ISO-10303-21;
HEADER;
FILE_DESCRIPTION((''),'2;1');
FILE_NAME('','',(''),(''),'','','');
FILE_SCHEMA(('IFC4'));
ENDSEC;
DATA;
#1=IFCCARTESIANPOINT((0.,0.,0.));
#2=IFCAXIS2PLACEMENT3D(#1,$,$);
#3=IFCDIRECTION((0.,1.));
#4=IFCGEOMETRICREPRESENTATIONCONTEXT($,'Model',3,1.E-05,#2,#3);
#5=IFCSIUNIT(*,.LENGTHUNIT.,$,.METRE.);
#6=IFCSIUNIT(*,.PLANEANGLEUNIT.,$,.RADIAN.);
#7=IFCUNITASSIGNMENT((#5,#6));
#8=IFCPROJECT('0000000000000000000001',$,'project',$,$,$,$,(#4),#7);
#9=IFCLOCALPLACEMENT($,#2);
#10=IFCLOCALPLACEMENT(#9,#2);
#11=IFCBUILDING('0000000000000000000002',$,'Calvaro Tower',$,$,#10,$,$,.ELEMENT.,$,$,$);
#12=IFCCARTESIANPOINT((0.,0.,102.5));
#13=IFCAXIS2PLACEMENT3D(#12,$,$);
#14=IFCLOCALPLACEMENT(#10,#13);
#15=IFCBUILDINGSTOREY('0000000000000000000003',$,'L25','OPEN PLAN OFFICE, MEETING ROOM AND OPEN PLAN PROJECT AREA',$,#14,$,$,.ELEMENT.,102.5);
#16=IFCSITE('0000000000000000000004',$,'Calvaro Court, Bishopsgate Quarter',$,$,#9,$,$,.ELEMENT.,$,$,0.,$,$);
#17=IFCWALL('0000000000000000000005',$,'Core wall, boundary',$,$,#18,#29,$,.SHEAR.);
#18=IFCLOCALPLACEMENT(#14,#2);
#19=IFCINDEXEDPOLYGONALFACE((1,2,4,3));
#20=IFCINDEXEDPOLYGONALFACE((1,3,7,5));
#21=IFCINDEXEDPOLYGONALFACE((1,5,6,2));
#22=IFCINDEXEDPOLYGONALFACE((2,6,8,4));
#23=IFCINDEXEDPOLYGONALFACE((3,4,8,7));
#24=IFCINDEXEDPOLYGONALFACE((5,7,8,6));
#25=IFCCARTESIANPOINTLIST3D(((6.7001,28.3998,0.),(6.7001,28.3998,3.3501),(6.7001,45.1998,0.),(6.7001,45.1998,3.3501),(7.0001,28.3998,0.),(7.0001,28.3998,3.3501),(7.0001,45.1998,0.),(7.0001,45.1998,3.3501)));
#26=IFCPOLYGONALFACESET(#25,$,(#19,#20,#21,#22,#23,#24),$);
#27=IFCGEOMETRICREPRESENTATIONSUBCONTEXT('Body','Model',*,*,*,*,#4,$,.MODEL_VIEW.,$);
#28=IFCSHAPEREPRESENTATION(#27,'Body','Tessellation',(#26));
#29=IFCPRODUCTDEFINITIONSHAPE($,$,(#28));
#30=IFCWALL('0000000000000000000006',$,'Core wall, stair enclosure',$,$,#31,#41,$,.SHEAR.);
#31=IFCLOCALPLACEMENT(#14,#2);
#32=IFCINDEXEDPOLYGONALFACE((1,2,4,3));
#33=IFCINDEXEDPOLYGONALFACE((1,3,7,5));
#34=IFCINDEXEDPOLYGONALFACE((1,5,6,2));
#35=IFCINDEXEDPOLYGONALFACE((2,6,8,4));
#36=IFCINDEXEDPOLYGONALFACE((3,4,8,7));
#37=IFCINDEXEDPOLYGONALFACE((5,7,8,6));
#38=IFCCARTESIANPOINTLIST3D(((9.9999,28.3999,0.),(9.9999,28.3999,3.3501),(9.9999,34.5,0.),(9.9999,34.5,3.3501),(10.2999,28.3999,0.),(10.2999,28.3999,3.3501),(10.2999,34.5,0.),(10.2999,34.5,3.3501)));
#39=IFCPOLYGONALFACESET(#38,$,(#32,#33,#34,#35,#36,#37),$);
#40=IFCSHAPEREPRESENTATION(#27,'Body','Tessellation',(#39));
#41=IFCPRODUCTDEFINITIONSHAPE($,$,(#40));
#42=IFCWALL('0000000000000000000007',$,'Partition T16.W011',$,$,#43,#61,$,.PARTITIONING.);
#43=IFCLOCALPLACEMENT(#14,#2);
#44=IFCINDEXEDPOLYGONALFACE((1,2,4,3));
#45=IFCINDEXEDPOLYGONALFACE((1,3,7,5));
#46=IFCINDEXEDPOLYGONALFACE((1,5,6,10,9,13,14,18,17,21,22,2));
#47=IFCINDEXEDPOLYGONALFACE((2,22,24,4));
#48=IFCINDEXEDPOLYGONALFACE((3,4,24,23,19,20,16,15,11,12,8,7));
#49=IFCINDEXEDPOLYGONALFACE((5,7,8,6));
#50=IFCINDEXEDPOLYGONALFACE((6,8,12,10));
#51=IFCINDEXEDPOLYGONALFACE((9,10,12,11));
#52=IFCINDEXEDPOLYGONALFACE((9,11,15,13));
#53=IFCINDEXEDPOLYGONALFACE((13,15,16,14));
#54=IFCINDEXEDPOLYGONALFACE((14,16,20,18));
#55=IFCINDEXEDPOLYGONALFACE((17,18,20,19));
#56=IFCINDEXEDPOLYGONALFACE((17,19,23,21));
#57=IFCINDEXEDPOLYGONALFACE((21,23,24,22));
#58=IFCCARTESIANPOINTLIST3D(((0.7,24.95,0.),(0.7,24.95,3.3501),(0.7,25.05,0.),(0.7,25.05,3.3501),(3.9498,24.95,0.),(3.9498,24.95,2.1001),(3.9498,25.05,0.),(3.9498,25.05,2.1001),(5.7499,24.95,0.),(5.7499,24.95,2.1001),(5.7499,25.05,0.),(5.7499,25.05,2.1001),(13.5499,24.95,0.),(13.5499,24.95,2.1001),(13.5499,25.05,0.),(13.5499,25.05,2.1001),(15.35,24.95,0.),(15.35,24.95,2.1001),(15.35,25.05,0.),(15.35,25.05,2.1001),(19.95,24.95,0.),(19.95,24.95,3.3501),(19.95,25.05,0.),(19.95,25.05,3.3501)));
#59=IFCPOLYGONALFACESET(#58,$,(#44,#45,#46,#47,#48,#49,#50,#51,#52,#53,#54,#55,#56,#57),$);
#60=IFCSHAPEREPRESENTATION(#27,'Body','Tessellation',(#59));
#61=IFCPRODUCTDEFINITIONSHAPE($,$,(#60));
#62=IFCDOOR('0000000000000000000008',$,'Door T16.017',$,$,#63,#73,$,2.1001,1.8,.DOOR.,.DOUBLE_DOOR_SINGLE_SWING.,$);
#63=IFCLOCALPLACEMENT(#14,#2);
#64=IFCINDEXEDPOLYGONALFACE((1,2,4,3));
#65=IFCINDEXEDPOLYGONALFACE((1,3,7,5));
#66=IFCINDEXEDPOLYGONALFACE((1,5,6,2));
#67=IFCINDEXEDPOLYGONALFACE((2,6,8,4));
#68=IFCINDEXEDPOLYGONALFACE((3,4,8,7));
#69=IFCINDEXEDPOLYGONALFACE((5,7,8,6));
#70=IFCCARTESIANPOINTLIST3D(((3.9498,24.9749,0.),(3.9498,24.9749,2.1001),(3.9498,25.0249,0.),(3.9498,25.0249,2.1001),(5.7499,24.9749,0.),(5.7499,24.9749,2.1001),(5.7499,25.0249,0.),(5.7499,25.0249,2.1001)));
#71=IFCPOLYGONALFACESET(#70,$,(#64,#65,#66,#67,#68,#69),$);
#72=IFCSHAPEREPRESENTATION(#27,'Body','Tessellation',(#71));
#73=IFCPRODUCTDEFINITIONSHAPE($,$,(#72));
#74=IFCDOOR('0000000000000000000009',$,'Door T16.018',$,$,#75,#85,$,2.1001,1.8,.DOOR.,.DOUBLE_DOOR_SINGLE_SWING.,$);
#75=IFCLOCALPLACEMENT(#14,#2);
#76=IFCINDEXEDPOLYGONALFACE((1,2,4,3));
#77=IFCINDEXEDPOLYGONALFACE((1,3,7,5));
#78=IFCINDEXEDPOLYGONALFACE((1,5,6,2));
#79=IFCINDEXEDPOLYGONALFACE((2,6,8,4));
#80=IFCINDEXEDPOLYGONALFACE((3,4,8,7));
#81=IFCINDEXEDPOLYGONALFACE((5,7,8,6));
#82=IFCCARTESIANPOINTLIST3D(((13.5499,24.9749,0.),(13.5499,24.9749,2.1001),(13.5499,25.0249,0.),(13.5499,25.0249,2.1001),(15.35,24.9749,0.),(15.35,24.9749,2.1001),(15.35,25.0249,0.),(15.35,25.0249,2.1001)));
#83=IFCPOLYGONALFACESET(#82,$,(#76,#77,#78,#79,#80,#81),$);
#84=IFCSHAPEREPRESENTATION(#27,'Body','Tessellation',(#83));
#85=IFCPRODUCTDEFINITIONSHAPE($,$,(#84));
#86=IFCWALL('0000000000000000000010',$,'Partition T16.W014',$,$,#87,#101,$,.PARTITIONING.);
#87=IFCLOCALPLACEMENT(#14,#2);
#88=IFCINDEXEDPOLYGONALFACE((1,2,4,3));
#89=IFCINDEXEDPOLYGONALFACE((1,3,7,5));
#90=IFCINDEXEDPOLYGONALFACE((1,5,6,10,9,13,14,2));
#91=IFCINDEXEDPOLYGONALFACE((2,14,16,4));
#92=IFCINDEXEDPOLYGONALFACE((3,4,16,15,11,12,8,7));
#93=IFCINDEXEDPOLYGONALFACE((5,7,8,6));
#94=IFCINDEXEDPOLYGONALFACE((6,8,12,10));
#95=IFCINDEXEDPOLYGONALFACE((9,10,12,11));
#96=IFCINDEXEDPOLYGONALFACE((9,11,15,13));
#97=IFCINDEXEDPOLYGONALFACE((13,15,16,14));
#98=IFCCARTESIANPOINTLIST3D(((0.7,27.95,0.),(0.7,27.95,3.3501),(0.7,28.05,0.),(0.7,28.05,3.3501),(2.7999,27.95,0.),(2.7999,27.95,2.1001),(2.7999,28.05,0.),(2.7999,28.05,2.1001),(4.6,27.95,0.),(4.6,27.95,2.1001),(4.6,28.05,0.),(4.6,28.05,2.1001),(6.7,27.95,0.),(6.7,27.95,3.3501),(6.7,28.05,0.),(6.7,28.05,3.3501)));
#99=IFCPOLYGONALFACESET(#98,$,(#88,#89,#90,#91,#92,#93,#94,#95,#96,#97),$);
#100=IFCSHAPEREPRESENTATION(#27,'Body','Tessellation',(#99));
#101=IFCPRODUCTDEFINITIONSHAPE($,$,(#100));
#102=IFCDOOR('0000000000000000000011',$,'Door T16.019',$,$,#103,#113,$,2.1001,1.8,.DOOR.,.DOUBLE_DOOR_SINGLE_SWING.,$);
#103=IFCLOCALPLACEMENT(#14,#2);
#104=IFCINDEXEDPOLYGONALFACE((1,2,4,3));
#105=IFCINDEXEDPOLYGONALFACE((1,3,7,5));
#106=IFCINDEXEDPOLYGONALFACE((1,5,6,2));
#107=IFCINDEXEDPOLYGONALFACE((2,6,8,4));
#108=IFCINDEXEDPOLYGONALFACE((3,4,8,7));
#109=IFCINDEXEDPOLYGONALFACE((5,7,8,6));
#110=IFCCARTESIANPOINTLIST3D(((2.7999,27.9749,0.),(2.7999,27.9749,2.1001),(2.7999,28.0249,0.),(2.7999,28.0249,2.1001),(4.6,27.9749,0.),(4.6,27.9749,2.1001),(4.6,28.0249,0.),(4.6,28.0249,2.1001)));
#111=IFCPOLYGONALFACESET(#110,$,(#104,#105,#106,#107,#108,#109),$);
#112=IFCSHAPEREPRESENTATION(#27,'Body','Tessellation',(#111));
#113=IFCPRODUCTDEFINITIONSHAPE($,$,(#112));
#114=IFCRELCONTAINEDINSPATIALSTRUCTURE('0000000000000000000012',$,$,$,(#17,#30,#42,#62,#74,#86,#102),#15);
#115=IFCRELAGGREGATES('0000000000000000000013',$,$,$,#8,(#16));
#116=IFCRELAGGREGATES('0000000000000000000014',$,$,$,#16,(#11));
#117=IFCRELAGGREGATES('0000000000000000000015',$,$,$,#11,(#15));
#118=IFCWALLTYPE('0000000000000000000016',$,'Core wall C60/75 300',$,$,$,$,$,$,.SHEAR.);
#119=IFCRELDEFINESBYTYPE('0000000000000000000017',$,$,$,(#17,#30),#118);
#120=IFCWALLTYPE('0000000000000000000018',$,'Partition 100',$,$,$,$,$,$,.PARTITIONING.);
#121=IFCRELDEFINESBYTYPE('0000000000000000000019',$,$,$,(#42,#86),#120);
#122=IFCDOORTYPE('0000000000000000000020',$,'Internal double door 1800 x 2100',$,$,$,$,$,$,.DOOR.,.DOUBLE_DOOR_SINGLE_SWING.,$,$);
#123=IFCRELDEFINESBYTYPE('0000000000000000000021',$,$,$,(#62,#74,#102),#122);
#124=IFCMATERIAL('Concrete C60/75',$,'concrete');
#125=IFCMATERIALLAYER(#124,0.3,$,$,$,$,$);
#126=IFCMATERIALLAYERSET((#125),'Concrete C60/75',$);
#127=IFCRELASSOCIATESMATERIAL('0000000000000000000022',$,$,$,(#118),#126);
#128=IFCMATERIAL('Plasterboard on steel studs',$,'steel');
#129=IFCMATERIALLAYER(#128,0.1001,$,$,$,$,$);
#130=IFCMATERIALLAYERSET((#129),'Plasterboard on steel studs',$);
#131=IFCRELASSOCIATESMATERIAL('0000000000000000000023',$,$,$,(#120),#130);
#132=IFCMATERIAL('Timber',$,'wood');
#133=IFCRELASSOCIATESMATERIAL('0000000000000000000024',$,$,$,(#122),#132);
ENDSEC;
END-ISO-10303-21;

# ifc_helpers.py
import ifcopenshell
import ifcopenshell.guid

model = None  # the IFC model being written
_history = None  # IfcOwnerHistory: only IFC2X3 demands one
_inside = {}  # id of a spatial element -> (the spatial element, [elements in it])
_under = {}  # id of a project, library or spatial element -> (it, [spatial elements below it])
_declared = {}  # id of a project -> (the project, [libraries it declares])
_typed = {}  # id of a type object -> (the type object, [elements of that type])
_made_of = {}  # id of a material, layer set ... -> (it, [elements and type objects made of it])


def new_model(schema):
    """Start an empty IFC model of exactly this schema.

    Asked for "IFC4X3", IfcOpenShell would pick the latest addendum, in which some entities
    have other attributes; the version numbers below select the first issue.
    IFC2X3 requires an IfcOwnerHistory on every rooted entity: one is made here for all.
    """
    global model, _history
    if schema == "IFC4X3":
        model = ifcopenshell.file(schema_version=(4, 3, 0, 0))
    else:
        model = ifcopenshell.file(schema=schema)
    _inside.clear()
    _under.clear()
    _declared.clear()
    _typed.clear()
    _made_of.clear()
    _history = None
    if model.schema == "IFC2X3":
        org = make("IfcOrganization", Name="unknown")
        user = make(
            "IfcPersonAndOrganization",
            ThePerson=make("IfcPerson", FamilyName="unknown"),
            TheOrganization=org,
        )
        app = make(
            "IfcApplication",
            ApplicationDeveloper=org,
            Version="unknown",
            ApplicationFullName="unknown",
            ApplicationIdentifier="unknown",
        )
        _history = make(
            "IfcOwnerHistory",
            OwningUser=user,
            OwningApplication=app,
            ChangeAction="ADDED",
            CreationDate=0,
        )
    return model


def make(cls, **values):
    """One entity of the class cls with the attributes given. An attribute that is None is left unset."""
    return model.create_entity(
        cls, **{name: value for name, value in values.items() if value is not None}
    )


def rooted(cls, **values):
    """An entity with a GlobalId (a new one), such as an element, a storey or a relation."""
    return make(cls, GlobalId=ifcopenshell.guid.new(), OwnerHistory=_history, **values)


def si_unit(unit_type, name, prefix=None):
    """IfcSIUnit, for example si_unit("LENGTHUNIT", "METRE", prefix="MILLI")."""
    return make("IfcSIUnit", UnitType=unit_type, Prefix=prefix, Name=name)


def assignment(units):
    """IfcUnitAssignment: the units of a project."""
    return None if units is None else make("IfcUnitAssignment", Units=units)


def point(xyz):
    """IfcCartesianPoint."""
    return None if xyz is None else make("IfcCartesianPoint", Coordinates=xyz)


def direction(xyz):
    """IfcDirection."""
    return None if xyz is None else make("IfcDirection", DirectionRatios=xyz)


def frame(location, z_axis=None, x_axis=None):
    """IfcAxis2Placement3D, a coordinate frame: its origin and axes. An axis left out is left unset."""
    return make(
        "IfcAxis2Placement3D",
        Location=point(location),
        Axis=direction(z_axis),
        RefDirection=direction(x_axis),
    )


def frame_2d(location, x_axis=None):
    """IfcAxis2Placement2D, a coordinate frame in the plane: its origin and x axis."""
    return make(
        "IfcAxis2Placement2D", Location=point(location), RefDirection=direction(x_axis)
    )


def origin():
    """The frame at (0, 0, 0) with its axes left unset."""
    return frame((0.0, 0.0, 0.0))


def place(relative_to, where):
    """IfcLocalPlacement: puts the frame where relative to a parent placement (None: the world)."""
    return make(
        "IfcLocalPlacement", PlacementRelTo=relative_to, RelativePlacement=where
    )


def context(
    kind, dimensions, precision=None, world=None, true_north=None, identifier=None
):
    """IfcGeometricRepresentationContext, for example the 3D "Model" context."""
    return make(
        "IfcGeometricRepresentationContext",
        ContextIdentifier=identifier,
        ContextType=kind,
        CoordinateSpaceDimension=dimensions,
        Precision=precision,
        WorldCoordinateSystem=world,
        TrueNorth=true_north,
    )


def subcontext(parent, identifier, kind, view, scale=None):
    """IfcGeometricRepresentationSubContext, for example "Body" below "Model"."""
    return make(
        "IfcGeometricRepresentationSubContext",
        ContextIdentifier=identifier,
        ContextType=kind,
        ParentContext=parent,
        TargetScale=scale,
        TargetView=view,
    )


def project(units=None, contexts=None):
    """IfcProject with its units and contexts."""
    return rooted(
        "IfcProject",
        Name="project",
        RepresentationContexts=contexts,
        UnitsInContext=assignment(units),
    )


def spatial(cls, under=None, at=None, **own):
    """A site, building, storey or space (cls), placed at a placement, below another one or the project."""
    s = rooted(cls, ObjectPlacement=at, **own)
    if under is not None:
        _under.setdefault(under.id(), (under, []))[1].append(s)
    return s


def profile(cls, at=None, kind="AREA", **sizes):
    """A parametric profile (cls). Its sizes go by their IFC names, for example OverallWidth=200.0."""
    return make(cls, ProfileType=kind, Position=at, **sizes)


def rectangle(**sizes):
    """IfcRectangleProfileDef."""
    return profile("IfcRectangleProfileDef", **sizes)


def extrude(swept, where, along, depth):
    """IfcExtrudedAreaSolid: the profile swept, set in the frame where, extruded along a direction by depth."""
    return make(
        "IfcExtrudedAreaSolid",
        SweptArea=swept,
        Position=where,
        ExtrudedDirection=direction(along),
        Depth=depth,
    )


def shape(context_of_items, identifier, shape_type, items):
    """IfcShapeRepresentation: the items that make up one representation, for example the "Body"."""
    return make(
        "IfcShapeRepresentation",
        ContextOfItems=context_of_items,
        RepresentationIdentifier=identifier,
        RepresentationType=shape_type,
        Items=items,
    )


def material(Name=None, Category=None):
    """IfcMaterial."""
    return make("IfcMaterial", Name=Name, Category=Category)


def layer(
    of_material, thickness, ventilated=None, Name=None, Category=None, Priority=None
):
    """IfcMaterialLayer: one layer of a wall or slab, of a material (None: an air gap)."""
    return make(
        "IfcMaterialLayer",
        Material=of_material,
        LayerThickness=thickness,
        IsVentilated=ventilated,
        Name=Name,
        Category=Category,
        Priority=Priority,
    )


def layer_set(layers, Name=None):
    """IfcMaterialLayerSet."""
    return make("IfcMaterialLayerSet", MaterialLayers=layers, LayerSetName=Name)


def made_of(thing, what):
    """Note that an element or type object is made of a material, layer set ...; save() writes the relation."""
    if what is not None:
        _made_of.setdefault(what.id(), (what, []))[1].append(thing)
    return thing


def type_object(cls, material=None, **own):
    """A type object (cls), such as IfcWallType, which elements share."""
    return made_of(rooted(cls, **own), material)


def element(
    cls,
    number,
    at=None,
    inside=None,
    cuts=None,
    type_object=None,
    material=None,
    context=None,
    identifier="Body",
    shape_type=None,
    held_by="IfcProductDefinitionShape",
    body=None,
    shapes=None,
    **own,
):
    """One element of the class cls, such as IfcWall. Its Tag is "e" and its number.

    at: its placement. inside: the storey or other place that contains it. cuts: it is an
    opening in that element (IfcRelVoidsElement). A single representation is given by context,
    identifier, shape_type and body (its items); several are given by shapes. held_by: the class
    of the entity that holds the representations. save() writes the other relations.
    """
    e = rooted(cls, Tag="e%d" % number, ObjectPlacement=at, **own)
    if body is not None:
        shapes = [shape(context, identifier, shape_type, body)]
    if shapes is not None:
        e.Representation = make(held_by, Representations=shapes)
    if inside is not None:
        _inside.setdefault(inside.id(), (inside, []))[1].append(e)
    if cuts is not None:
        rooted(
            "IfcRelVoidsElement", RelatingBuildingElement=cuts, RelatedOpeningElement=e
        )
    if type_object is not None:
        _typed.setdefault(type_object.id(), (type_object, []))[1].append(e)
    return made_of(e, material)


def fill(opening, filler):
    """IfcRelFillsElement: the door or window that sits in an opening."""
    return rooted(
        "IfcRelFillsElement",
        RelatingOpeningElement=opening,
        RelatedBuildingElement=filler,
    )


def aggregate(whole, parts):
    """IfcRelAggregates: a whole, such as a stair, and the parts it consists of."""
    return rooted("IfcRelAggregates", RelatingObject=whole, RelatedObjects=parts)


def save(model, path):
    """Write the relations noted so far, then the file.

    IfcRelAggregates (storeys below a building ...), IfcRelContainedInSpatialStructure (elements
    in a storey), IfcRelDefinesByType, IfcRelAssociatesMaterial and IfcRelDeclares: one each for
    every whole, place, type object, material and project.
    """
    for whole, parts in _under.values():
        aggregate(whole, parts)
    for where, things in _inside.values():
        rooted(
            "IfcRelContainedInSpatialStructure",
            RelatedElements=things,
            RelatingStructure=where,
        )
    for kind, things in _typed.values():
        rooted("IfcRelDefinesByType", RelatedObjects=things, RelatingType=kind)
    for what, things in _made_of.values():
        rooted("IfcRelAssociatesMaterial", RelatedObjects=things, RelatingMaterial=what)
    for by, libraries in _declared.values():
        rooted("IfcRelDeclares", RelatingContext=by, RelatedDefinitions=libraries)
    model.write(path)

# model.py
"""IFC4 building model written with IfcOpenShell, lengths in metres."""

from ifc_helpers import new_model, si_unit, direction, frame, frame_2d, origin, place, context, subcontext, project, spatial, rectangle, extrude, material, layer, layer_set, type_object, element, fill, save


model = new_model("IFC4")

# Units and contexts
model_context = context("Model", 3, precision=1e-05, world=origin(), true_north=direction((0.0, 1.0)))
body_context = subcontext(model_context, "Body", "Model", "MODEL_VIEW")
ifc_project = project(units=[si_unit("LENGTHUNIT", "METRE"), si_unit("PLANEANGLEUNIT", "RADIAN")], contexts=[model_context])

# Site, building, storey
site_placement = place(None, origin())
site = spatial("IfcSite", under=ifc_project, at=site_placement, Name="Calvaro Court, Bishopsgate Quarter", CompositionType="ELEMENT", RefElevation=0.0)
building_placement = place(site_placement, origin())
building = spatial("IfcBuilding", under=site, at=building_placement, Name="Calvaro Tower", CompositionType="ELEMENT")
storey_placement = place(building_placement, frame((0.0, 0.0, 102.5)))
storey = spatial("IfcBuildingStorey", under=building, at=storey_placement, Name="L25", Description="OPEN PLAN OFFICE, MEETING ROOM AND OPEN PLAN PROJECT AREA", CompositionType="ELEMENT", Elevation=102.5)

# Walls
ifc_material_1 = material(Name="Concrete C60/75", Category="concrete")
ifc_layer_1 = layer(ifc_material_1, 0.3)
ifc_layer_set_1 = layer_set([ifc_layer_1], Name="Concrete C60/75")
wall_type_1 = type_object("IfcWallType", Name="Core wall C60/75 300", PredefinedType="SHEAR", material=ifc_layer_set_1)
wall_1_placement = place(storey_placement, frame((6.8501, 28.3999, 0.0), z_axis=(0.0, 0.0, 1.0), x_axis=(0.0, 1.0, 0.0)))
element("IfcWall", 1, at=wall_1_placement, inside=storey, type_object=wall_type_1, Name="Core wall, boundary", PredefinedType="SHEAR", context=body_context, shape_type="SweptSolid", body=[
    extrude(rectangle(XDim=16.8, YDim=0.3, at=frame_2d((8.3999, 0.0))), origin(), (0.0, 0.0, 1.0), 3.3501),
])
wall_2_placement = place(storey_placement, frame((10.1499, 28.3999, 0.0), z_axis=(0.0, 0.0, 1.0), x_axis=(0.0, 1.0, 0.0)))
element("IfcWall", 2, at=wall_2_placement, inside=storey, type_object=wall_type_1, Name="Core wall, stair enclosure", PredefinedType="SHEAR", context=body_context, shape_type="SweptSolid", body=[
    extrude(rectangle(XDim=6.1001, YDim=0.3, at=frame_2d((3.05, 0.0))), origin(), (0.0, 0.0, 1.0), 3.3501),
])

# Wall, openings, doors
ifc_material_2 = material(Name="Plasterboard on steel studs", Category="steel")
ifc_layer_2 = layer(ifc_material_2, 0.1001)
ifc_layer_set_2 = layer_set([ifc_layer_2], Name="Plasterboard on steel studs")
wall_type_2 = type_object("IfcWallType", Name="Partition 100", PredefinedType="PARTITIONING", material=ifc_layer_set_2)
wall_3_placement = place(storey_placement, frame((0.7, 25.0, 0.0), z_axis=(0.0, 0.0, 1.0), x_axis=(1.0, 0.0, 0.0)))
wall_3 = element("IfcWall", 3, at=wall_3_placement, inside=storey, type_object=wall_type_2, Name="Partition T16.W011", PredefinedType="PARTITIONING", context=body_context, shape_type="SweptSolid", body=[
    extrude(rectangle(XDim=19.25, YDim=0.1001, at=frame_2d((9.625, 0.0))), origin(), (0.0, 0.0, 1.0), 3.3501),
])
opening_1_placement = place(wall_3_placement, frame((3.25, 0.0, 0.0)))
opening_1 = element("IfcOpeningElement", 4, at=opening_1_placement, cuts=wall_3, PredefinedType="OPENING", context=body_context, shape_type="SweptSolid", body=[
    extrude(rectangle(XDim=1.8, YDim=2.1001, at=frame_2d((0.8999, 1.05))), frame((0.0, 0.0601, 0.0), z_axis=(0.0, -1.0, 0.0), x_axis=(1.0, 0.0, 0.0)), (0.0, 0.0, 1.0), 0.1201),
])
opening_2_placement = place(wall_3_placement, frame((12.8501, 0.0, 0.0)))
opening_2 = element("IfcOpeningElement", 5, at=opening_2_placement, cuts=wall_3, PredefinedType="OPENING", context=body_context, shape_type="SweptSolid", body=[
    extrude(rectangle(XDim=1.8, YDim=2.1001, at=frame_2d((0.8999, 1.05))), frame((0.0, 0.0601, 0.0), z_axis=(0.0, -1.0, 0.0), x_axis=(1.0, 0.0, 0.0)), (0.0, 0.0, 1.0), 0.1201),
])
ifc_material_3 = material(Name="Timber", Category="wood")
door_type_1 = type_object("IfcDoorType", Name="Internal double door 1800 x 2100", OperationType="DOUBLE_DOOR_SINGLE_SWING", PredefinedType="DOOR", material=ifc_material_3)
door_1_placement = place(opening_1_placement, origin())
door_1 = element("IfcDoor", 6, at=door_1_placement, inside=storey, type_object=door_type_1, Name="Door T16.017", OperationType="DOUBLE_DOOR_SINGLE_SWING", OverallHeight=2.1001, OverallWidth=1.8, PredefinedType="DOOR", context=body_context, shape_type="SweptSolid", body=[
    extrude(rectangle(XDim=1.8, YDim=2.1001, at=frame_2d((0.8999, 1.05))), frame((0.0, 0.0249, 0.0), z_axis=(0.0, -1.0, 0.0), x_axis=(1.0, 0.0, 0.0)), (0.0, 0.0, 1.0), 0.05),
])
fill(opening_1, door_1)
door_2_placement = place(opening_2_placement, origin())
door_2 = element("IfcDoor", 7, at=door_2_placement, inside=storey, type_object=door_type_1, Name="Door T16.018", OperationType="DOUBLE_DOOR_SINGLE_SWING", OverallHeight=2.1001, OverallWidth=1.8, PredefinedType="DOOR", context=body_context, shape_type="SweptSolid", body=[
    extrude(rectangle(XDim=1.8, YDim=2.1001, at=frame_2d((0.8999, 1.05))), frame((0.0, 0.0249, 0.0), z_axis=(0.0, -1.0, 0.0), x_axis=(1.0, 0.0, 0.0)), (0.0, 0.0, 1.0), 0.05),
])
fill(opening_2, door_2)

# Wall, opening, door
wall_4_placement = place(storey_placement, frame((0.7, 28.0, 0.0), z_axis=(0.0, 0.0, 1.0), x_axis=(1.0, 0.0, 0.0)))
wall_4 = element("IfcWall", 8, at=wall_4_placement, inside=storey, type_object=wall_type_2, Name="Partition T16.W014", PredefinedType="PARTITIONING", context=body_context, shape_type="SweptSolid", body=[
    extrude(rectangle(XDim=6.0, YDim=0.1001, at=frame_2d((3.0, 0.0))), origin(), (0.0, 0.0, 1.0), 3.3501),
])
opening_3_placement = place(wall_4_placement, frame((2.1001, 0.0, 0.0)))
opening_3 = element("IfcOpeningElement", 9, at=opening_3_placement, cuts=wall_4, PredefinedType="OPENING", context=body_context, shape_type="SweptSolid", body=[
    extrude(rectangle(XDim=1.8, YDim=2.1001, at=frame_2d((0.8999, 1.05))), frame((0.0, 0.0601, 0.0), z_axis=(0.0, -1.0, 0.0), x_axis=(1.0, 0.0, 0.0)), (0.0, 0.0, 1.0), 0.1201),
])
door_3_placement = place(opening_3_placement, origin())
door_3 = element("IfcDoor", 10, at=door_3_placement, inside=storey, type_object=door_type_1, Name="Door T16.019", OperationType="DOUBLE_DOOR_SINGLE_SWING", OverallHeight=2.1001, OverallWidth=1.8, PredefinedType="DOOR", context=body_context, shape_type="SweptSolid", body=[
    extrude(rectangle(XDim=1.8, YDim=2.1001, at=frame_2d((0.8999, 1.05))), frame((0.0, 0.0249, 0.0), z_axis=(0.0, -1.0, 0.0), x_axis=(1.0, 0.0, 0.0)), (0.0, 0.0, 1.0), 0.05),
])
fill(opening_3, door_3)

save(model, "model.ifc")
